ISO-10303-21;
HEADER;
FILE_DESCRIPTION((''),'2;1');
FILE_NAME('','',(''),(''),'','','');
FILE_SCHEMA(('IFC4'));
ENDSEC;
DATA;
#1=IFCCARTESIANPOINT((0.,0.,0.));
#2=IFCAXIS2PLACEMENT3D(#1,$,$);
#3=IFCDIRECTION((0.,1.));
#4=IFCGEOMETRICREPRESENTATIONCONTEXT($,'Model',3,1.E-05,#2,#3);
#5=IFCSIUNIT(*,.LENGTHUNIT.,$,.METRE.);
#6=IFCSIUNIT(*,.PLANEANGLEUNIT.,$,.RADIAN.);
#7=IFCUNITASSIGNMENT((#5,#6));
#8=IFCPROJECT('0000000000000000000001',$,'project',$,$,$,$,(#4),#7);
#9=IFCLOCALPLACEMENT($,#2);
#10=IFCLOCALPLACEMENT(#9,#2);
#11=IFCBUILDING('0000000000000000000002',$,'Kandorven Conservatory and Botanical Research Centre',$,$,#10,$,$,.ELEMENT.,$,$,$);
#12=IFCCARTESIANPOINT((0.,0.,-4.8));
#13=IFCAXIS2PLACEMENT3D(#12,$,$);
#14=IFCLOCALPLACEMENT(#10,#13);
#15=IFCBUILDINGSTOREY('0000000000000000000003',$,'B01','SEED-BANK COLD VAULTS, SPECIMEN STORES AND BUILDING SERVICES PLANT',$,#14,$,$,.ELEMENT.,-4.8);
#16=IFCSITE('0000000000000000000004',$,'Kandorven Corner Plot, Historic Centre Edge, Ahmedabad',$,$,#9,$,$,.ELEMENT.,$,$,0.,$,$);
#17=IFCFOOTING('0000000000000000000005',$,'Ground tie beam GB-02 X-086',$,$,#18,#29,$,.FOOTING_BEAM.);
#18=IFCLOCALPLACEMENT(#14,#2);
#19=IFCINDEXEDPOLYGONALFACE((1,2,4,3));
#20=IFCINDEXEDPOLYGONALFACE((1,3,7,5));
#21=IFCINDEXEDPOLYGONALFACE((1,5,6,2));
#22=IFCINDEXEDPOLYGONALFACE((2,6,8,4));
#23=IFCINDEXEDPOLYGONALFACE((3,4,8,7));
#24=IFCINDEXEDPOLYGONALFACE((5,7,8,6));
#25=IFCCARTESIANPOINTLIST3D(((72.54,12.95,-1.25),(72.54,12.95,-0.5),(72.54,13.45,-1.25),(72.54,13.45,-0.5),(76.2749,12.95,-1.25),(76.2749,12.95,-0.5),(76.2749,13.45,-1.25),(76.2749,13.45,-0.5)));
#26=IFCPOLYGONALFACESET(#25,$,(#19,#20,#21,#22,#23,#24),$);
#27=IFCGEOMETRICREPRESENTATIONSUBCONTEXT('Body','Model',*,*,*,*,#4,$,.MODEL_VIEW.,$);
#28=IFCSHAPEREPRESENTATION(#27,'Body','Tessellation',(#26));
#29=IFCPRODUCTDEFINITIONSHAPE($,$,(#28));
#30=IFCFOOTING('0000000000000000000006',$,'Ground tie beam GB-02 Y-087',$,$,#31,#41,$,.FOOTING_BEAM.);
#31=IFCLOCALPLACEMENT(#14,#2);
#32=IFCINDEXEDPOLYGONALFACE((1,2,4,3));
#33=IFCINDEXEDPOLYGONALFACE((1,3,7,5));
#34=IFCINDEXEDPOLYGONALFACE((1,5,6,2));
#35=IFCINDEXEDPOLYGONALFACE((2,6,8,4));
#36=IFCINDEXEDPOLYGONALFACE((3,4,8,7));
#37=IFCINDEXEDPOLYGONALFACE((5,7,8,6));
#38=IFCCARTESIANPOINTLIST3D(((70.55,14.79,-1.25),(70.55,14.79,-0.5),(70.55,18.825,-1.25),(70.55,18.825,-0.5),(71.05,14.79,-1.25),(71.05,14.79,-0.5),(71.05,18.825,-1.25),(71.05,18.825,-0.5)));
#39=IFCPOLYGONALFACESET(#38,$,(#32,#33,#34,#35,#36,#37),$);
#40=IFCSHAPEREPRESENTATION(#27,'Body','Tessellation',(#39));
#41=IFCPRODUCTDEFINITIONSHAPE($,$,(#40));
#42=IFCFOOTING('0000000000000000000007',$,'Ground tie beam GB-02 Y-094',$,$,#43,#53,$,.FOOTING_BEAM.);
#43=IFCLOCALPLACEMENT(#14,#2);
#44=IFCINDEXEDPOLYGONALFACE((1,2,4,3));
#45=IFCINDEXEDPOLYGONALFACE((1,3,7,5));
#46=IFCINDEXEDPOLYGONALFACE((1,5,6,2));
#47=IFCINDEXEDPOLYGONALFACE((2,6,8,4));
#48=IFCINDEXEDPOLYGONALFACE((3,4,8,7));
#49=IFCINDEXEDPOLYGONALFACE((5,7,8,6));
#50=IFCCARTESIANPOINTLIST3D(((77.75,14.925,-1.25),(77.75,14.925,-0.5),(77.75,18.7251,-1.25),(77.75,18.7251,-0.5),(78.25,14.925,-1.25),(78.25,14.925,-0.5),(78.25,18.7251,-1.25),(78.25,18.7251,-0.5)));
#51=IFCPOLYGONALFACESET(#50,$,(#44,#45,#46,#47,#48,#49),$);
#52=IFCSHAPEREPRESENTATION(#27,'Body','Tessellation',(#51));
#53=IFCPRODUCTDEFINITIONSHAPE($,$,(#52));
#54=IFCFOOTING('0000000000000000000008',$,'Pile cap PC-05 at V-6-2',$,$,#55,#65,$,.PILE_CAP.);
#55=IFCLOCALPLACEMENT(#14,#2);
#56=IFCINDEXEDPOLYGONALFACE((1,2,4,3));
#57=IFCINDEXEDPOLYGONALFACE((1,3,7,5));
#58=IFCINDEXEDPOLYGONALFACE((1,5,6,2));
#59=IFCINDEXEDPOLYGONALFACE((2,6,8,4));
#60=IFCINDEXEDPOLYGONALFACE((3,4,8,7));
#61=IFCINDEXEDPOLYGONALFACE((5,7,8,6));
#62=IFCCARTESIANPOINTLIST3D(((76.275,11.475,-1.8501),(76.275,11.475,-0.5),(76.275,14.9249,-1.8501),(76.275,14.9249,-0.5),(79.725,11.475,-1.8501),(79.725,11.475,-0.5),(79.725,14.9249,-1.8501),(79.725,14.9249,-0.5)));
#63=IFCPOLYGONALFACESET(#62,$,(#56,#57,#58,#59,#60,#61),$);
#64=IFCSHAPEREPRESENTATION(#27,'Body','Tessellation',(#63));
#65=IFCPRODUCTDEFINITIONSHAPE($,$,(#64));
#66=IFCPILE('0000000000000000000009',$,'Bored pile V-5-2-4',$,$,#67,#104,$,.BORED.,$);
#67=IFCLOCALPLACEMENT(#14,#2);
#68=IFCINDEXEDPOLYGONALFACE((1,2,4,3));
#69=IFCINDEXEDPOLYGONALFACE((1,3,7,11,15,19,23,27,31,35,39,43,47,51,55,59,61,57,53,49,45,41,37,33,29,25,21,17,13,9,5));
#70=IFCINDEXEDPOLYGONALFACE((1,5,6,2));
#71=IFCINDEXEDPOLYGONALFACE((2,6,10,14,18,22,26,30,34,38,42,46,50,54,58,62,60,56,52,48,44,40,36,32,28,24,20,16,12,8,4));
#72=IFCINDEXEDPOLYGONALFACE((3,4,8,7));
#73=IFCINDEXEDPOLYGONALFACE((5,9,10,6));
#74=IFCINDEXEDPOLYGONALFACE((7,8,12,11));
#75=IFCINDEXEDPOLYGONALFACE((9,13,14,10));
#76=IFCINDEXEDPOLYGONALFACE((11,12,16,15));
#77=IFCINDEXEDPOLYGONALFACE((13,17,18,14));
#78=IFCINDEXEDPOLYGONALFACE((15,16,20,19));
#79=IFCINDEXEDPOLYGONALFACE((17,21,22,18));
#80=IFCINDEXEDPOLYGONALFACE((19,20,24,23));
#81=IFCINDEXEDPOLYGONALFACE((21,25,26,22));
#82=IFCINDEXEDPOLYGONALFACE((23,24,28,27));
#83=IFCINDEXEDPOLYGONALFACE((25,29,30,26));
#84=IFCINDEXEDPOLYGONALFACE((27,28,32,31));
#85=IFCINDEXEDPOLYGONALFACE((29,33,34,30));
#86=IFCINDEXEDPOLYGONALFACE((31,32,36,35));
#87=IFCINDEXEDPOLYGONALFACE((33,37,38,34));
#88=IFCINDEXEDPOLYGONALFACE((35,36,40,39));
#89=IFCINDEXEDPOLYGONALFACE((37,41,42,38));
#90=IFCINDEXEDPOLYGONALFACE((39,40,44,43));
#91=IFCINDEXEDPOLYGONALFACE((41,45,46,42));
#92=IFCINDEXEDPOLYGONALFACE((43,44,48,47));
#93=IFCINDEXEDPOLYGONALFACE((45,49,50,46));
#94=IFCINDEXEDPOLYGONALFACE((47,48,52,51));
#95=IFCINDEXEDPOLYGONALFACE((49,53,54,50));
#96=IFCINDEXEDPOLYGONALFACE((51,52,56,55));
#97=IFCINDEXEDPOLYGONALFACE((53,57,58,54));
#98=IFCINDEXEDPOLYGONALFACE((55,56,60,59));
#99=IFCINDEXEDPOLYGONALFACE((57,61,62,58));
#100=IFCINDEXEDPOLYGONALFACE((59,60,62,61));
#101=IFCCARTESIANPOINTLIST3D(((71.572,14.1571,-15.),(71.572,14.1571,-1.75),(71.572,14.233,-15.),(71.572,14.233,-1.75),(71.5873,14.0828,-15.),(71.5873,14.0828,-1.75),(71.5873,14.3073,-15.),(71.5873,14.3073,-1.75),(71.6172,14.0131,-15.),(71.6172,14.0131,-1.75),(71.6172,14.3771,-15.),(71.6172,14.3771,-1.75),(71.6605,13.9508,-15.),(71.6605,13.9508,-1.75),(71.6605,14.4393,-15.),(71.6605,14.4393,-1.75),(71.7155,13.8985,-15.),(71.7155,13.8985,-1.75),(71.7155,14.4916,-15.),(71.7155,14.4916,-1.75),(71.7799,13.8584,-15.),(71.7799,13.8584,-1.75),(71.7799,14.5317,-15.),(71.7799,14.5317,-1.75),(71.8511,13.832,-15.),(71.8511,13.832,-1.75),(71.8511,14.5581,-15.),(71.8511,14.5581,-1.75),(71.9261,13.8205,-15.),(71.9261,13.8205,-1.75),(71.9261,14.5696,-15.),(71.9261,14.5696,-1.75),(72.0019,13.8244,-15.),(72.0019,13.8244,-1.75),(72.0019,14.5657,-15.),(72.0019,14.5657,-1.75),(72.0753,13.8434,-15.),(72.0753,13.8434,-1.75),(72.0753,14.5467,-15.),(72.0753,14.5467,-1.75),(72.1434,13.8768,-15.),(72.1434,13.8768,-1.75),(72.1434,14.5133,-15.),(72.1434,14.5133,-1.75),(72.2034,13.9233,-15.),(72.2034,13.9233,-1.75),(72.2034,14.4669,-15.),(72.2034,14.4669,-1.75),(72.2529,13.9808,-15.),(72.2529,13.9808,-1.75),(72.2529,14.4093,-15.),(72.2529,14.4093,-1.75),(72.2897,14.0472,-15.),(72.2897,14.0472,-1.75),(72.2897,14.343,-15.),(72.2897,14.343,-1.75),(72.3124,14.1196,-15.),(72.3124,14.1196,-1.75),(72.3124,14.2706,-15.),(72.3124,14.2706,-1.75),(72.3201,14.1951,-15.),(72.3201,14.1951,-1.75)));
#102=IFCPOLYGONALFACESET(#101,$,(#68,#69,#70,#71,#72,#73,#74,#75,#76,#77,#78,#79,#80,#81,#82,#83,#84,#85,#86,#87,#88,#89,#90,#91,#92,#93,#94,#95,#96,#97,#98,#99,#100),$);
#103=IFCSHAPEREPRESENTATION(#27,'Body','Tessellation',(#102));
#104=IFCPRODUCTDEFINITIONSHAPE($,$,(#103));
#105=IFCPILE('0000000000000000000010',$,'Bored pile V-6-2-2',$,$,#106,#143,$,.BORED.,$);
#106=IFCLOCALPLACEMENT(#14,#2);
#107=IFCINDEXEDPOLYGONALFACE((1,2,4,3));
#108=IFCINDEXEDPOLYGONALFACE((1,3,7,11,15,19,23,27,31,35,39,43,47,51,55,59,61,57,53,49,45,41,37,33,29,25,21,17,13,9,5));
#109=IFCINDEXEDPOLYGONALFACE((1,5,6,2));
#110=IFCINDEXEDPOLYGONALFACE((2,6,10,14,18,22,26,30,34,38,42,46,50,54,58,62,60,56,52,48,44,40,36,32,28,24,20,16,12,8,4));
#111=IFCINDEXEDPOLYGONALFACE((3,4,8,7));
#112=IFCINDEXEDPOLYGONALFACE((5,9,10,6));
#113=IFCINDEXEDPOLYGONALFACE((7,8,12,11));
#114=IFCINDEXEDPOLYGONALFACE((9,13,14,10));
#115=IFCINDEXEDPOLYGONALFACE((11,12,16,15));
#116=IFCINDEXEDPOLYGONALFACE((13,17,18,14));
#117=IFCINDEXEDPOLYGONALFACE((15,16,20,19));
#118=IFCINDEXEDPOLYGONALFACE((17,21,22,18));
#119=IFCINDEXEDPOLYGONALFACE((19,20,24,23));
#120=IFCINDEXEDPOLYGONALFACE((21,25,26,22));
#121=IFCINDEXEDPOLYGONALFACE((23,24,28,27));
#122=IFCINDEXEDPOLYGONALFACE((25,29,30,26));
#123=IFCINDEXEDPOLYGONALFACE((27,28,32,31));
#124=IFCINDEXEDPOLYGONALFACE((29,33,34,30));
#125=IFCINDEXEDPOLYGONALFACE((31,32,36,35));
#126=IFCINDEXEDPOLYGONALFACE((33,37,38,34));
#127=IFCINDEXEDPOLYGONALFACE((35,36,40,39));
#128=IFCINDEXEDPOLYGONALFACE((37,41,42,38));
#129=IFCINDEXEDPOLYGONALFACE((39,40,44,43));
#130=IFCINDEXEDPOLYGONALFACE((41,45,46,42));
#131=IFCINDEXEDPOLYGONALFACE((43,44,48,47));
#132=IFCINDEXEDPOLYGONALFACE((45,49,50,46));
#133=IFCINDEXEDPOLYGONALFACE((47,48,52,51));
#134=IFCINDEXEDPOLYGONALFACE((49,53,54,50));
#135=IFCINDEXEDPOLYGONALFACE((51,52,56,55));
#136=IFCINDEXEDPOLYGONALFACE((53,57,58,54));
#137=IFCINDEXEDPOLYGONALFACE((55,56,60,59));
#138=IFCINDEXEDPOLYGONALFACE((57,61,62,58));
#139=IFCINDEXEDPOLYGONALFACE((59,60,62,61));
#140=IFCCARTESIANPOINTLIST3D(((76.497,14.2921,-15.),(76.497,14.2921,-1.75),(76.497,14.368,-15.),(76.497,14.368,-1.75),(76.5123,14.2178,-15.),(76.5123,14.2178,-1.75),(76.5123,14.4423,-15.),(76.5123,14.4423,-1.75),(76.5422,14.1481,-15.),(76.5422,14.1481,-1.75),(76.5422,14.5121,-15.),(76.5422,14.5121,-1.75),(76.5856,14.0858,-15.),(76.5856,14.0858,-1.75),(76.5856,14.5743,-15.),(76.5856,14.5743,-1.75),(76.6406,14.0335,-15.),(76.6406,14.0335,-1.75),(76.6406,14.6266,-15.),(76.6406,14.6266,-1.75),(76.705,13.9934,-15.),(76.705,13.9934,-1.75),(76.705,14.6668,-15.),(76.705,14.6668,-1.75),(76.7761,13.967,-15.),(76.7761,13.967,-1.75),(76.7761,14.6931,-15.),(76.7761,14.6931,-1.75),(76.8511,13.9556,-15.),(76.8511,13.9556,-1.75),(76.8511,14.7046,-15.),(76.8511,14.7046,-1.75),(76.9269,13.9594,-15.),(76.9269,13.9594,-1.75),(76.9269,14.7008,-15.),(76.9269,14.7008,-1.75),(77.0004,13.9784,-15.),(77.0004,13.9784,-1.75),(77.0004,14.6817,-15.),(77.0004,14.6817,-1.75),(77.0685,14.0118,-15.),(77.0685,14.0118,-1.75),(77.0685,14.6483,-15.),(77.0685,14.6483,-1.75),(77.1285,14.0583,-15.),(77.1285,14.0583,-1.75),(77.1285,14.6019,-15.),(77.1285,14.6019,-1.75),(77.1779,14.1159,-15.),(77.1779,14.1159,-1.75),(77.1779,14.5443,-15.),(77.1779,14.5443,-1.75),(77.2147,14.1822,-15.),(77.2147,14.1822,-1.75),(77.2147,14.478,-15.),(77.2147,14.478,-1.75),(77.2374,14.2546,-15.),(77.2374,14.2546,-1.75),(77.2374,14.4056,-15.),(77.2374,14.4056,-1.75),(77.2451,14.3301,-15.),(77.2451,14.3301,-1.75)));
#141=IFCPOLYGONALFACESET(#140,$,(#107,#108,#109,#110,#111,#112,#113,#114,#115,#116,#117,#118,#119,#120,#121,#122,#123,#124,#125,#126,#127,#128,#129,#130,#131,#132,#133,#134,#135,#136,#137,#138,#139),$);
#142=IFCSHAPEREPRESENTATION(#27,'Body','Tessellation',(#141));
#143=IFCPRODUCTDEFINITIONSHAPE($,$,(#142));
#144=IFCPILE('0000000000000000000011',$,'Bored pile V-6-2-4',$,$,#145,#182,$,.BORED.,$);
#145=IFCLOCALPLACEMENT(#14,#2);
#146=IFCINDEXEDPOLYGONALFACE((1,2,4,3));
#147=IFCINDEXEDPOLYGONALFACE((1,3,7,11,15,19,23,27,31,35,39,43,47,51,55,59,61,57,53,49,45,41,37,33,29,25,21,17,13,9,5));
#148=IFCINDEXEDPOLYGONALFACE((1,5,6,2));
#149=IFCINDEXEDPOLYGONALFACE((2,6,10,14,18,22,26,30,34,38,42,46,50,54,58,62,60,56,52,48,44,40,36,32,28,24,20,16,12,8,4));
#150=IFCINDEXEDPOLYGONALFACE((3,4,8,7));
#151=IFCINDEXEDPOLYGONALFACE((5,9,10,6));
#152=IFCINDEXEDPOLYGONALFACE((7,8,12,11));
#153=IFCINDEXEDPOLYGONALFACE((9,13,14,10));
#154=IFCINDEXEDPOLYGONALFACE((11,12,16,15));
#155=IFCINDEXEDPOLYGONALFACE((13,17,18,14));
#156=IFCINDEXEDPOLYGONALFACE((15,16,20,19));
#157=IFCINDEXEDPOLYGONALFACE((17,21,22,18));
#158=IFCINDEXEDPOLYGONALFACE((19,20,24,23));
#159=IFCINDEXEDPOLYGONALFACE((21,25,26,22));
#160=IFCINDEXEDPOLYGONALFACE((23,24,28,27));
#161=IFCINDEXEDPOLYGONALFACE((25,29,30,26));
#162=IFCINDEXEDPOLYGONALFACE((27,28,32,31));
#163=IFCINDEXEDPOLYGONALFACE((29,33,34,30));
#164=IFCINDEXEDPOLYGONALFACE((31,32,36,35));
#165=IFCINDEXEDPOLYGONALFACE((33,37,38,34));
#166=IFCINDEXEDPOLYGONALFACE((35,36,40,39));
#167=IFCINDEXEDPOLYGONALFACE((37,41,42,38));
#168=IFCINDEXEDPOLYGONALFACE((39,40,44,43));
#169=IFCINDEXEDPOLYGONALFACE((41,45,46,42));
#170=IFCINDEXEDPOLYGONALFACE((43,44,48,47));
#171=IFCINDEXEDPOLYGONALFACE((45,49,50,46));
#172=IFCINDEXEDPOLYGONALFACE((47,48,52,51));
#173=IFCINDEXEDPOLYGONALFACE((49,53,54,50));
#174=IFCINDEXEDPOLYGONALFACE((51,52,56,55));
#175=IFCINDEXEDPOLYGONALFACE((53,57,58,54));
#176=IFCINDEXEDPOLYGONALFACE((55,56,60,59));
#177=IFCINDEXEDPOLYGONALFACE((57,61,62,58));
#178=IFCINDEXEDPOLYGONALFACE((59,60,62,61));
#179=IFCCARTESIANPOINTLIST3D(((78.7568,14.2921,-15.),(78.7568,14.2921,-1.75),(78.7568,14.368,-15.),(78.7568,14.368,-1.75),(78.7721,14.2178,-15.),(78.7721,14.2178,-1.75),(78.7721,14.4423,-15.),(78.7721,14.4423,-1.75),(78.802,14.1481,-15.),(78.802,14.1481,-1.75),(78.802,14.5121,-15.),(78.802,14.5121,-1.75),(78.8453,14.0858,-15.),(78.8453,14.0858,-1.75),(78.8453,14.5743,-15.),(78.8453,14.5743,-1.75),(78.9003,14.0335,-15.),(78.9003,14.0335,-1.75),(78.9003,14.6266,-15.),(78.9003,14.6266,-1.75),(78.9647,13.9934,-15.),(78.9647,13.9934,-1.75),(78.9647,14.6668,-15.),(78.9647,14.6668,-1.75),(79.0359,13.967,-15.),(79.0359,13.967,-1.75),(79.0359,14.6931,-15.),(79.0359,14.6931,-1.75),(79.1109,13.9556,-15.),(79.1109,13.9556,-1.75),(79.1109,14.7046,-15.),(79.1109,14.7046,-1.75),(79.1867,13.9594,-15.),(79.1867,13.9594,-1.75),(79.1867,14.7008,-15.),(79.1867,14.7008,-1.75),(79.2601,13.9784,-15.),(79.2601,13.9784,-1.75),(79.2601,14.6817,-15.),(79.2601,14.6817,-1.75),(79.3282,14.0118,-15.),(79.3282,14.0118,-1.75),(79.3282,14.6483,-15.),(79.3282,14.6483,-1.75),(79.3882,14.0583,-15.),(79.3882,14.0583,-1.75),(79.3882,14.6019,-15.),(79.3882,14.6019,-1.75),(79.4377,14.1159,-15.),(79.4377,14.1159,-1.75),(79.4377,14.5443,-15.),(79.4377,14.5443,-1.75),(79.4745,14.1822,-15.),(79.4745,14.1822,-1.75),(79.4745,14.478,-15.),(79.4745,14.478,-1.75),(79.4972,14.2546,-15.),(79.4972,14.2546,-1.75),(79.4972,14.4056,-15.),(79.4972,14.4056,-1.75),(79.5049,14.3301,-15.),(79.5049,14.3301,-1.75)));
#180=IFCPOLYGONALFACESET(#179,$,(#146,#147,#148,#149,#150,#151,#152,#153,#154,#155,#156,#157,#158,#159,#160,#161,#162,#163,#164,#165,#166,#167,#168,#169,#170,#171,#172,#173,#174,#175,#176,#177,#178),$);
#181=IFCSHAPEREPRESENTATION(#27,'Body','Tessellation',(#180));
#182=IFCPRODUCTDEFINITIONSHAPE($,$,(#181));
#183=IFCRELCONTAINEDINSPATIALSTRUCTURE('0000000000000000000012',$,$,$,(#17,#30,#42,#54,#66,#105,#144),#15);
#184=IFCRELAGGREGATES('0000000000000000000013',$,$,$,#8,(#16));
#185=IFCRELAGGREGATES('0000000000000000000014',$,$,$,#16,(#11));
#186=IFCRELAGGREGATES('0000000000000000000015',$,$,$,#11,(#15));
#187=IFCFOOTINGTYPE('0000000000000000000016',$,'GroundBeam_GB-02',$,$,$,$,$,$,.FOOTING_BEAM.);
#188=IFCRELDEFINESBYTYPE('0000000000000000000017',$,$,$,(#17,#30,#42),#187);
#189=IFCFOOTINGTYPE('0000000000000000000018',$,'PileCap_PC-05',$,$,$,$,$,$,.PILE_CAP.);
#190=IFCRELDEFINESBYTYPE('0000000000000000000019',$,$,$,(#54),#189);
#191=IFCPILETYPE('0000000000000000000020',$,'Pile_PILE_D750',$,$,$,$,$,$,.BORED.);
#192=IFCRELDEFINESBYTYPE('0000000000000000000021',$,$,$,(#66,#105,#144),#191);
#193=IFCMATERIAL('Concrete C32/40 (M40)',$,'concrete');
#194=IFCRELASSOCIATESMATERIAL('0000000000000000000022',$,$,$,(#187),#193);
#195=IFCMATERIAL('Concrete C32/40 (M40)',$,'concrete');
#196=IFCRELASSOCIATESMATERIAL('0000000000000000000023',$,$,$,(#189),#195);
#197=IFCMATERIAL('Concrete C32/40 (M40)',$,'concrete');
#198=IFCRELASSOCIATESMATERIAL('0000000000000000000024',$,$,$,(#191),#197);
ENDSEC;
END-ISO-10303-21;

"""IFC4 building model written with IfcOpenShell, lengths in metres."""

from ifc_helpers import new_model, si_unit, direction, frame, origin, origin_2d, place, context, subcontext, project, spatial, rectangle, circle, extrude, material, material_profile, profile_set, type_object, element, save


model = new_model("IFC4")

# Units and contexts
model_context = context("Model", 3, precision=1e-05, world=origin(), true_north=direction((0.0, 1.0)))
body_context = subcontext(model_context, "Body", "Model", "MODEL_VIEW")
ifc_project = project(units=[si_unit("LENGTHUNIT", "METRE"), si_unit("PLANEANGLEUNIT", "RADIAN")], contexts=[model_context])

# Site, building, storey
site_placement = place(None, origin())
site = spatial("IfcSite", under=ifc_project, at=site_placement, Name="Kandorven Corner Plot, Historic Centre Edge, Ahmedabad", CompositionType="ELEMENT", RefElevation=0.0)
building_placement = place(site_placement, origin())
building = spatial("IfcBuilding", under=site, at=building_placement, Name="Kandorven Conservatory and Botanical Research Centre", CompositionType="ELEMENT")
storey_placement = place(building_placement, frame((0.0, 0.0, -4.8)))
storey = spatial("IfcBuildingStorey", under=building, at=storey_placement, Name="B01", Description="SEED-BANK COLD VAULTS, SPECIMEN STORES AND BUILDING SERVICES PLANT", CompositionType="ELEMENT", Elevation=-4.8)

# Footings
ifc_material_1 = material(Name="Concrete C32/40 (M40)", Category="concrete")
ifc_material_profile_1 = material_profile(ifc_material_1, rectangle(XDim=0.5, YDim=0.75, at=origin_2d()))
ifc_profile_set_1 = profile_set([ifc_material_profile_1], Name="Concrete C32/40 (M40)")
footing_type_1 = type_object("IfcFootingType", Name="GroundBeam_GB-02", PredefinedType="FOOTING_BEAM", material=ifc_profile_set_1)
footing_1_placement = place(storey_placement, frame((72.54, 13.2, -0.875), z_axis=(1.0, 0.0, 0.0), x_axis=(0.0, 1.0, 0.0)))
element("IfcFooting", 1, at=footing_1_placement, inside=storey, type_object=footing_type_1, Name="Ground tie beam GB-02 X-086", PredefinedType="FOOTING_BEAM", context=body_context, shape_type="SweptSolid", body=[
    extrude(rectangle(XDim=0.5, YDim=0.75, at=origin_2d()), origin(), (0.0, 0.0, 1.0), 3.7349),
])
footing_2_placement = place(storey_placement, frame((70.8, 14.79, -0.875), z_axis=(0.0, 1.0, 0.0), x_axis=(-1.0, 0.0, 0.0)))
element("IfcFooting", 2, at=footing_2_placement, inside=storey, type_object=footing_type_1, Name="Ground tie beam GB-02 Y-087", PredefinedType="FOOTING_BEAM", context=body_context, shape_type="SweptSolid", body=[
    extrude(rectangle(XDim=0.5, YDim=0.75, at=origin_2d()), origin(), (0.0, 0.0, 1.0), 4.0349),
])
footing_3_placement = place(storey_placement, frame((78.0, 14.925, -0.875), z_axis=(0.0, 1.0, 0.0), x_axis=(-1.0, 0.0, 0.0)))
element("IfcFooting", 3, at=footing_3_placement, inside=storey, type_object=footing_type_1, Name="Ground tie beam GB-02 Y-094", PredefinedType="FOOTING_BEAM", context=body_context, shape_type="SweptSolid", body=[
    extrude(rectangle(XDim=0.5, YDim=0.75, at=origin_2d()), origin(), (0.0, 0.0, 1.0), 3.8),
])
ifc_material_2 = material(Name="Concrete C32/40 (M40)", Category="concrete")
footing_type_2 = type_object("IfcFootingType", Name="PileCap_PC-05", PredefinedType="PILE_CAP", material=ifc_material_2)
footing_4_placement = place(storey_placement, frame((78.0, 13.2, -1.8501), z_axis=(0.0, 0.0, 1.0), x_axis=(1.0, 0.0, 0.0)))
element("IfcFooting", 4, at=footing_4_placement, inside=storey, type_object=footing_type_2, Name="Pile cap PC-05 at V-6-2", PredefinedType="PILE_CAP", context=body_context, shape_type="SweptSolid", body=[
    extrude(rectangle(XDim=3.45, YDim=3.45, at=origin_2d()), origin(), (0.0, 0.0, 1.0), 1.3501),
])

# Piles
ifc_material_3 = material(Name="Concrete C32/40 (M40)", Category="concrete")
ifc_material_profile_2 = material_profile(ifc_material_3, circle(Radius=0.375, at=origin_2d()))
ifc_profile_set_2 = profile_set([ifc_material_profile_2], Name="Concrete C32/40 (M40)")
pile_type = type_object("IfcPileType", Name="Pile_PILE_D750", PredefinedType="BORED", material=ifc_profile_set_2)
for number, where, z_axis, x_axis, name in (
    (5, (71.9451, 14.1951, -1.75), (0.0, 0.0, -1.0), (1.0, 0.0, 0.0), "Bored pile V-5-2-4"),
    (6, (76.8701, 14.3301, -1.75), (0.0, 0.0, -1.0), (1.0, 0.0, 0.0), "Bored pile V-6-2-2"),
    (7, (79.1299, 14.3301, -1.75), (0.0, 0.0, -1.0), (1.0, 0.0, 0.0), "Bored pile V-6-2-4"),
):
    element("IfcPile", number, at=place(storey_placement, frame(where, z_axis=z_axis, x_axis=x_axis)), inside=storey, type_object=pile_type, Name=name, PredefinedType="BORED", context=body_context, shape_type="SweptSolid", body=[
        extrude(circle(Radius=0.375, at=origin_2d()), origin(), (0.0, 0.0, 1.0), 13.25),
    ])

save(model, "model.ifc")
